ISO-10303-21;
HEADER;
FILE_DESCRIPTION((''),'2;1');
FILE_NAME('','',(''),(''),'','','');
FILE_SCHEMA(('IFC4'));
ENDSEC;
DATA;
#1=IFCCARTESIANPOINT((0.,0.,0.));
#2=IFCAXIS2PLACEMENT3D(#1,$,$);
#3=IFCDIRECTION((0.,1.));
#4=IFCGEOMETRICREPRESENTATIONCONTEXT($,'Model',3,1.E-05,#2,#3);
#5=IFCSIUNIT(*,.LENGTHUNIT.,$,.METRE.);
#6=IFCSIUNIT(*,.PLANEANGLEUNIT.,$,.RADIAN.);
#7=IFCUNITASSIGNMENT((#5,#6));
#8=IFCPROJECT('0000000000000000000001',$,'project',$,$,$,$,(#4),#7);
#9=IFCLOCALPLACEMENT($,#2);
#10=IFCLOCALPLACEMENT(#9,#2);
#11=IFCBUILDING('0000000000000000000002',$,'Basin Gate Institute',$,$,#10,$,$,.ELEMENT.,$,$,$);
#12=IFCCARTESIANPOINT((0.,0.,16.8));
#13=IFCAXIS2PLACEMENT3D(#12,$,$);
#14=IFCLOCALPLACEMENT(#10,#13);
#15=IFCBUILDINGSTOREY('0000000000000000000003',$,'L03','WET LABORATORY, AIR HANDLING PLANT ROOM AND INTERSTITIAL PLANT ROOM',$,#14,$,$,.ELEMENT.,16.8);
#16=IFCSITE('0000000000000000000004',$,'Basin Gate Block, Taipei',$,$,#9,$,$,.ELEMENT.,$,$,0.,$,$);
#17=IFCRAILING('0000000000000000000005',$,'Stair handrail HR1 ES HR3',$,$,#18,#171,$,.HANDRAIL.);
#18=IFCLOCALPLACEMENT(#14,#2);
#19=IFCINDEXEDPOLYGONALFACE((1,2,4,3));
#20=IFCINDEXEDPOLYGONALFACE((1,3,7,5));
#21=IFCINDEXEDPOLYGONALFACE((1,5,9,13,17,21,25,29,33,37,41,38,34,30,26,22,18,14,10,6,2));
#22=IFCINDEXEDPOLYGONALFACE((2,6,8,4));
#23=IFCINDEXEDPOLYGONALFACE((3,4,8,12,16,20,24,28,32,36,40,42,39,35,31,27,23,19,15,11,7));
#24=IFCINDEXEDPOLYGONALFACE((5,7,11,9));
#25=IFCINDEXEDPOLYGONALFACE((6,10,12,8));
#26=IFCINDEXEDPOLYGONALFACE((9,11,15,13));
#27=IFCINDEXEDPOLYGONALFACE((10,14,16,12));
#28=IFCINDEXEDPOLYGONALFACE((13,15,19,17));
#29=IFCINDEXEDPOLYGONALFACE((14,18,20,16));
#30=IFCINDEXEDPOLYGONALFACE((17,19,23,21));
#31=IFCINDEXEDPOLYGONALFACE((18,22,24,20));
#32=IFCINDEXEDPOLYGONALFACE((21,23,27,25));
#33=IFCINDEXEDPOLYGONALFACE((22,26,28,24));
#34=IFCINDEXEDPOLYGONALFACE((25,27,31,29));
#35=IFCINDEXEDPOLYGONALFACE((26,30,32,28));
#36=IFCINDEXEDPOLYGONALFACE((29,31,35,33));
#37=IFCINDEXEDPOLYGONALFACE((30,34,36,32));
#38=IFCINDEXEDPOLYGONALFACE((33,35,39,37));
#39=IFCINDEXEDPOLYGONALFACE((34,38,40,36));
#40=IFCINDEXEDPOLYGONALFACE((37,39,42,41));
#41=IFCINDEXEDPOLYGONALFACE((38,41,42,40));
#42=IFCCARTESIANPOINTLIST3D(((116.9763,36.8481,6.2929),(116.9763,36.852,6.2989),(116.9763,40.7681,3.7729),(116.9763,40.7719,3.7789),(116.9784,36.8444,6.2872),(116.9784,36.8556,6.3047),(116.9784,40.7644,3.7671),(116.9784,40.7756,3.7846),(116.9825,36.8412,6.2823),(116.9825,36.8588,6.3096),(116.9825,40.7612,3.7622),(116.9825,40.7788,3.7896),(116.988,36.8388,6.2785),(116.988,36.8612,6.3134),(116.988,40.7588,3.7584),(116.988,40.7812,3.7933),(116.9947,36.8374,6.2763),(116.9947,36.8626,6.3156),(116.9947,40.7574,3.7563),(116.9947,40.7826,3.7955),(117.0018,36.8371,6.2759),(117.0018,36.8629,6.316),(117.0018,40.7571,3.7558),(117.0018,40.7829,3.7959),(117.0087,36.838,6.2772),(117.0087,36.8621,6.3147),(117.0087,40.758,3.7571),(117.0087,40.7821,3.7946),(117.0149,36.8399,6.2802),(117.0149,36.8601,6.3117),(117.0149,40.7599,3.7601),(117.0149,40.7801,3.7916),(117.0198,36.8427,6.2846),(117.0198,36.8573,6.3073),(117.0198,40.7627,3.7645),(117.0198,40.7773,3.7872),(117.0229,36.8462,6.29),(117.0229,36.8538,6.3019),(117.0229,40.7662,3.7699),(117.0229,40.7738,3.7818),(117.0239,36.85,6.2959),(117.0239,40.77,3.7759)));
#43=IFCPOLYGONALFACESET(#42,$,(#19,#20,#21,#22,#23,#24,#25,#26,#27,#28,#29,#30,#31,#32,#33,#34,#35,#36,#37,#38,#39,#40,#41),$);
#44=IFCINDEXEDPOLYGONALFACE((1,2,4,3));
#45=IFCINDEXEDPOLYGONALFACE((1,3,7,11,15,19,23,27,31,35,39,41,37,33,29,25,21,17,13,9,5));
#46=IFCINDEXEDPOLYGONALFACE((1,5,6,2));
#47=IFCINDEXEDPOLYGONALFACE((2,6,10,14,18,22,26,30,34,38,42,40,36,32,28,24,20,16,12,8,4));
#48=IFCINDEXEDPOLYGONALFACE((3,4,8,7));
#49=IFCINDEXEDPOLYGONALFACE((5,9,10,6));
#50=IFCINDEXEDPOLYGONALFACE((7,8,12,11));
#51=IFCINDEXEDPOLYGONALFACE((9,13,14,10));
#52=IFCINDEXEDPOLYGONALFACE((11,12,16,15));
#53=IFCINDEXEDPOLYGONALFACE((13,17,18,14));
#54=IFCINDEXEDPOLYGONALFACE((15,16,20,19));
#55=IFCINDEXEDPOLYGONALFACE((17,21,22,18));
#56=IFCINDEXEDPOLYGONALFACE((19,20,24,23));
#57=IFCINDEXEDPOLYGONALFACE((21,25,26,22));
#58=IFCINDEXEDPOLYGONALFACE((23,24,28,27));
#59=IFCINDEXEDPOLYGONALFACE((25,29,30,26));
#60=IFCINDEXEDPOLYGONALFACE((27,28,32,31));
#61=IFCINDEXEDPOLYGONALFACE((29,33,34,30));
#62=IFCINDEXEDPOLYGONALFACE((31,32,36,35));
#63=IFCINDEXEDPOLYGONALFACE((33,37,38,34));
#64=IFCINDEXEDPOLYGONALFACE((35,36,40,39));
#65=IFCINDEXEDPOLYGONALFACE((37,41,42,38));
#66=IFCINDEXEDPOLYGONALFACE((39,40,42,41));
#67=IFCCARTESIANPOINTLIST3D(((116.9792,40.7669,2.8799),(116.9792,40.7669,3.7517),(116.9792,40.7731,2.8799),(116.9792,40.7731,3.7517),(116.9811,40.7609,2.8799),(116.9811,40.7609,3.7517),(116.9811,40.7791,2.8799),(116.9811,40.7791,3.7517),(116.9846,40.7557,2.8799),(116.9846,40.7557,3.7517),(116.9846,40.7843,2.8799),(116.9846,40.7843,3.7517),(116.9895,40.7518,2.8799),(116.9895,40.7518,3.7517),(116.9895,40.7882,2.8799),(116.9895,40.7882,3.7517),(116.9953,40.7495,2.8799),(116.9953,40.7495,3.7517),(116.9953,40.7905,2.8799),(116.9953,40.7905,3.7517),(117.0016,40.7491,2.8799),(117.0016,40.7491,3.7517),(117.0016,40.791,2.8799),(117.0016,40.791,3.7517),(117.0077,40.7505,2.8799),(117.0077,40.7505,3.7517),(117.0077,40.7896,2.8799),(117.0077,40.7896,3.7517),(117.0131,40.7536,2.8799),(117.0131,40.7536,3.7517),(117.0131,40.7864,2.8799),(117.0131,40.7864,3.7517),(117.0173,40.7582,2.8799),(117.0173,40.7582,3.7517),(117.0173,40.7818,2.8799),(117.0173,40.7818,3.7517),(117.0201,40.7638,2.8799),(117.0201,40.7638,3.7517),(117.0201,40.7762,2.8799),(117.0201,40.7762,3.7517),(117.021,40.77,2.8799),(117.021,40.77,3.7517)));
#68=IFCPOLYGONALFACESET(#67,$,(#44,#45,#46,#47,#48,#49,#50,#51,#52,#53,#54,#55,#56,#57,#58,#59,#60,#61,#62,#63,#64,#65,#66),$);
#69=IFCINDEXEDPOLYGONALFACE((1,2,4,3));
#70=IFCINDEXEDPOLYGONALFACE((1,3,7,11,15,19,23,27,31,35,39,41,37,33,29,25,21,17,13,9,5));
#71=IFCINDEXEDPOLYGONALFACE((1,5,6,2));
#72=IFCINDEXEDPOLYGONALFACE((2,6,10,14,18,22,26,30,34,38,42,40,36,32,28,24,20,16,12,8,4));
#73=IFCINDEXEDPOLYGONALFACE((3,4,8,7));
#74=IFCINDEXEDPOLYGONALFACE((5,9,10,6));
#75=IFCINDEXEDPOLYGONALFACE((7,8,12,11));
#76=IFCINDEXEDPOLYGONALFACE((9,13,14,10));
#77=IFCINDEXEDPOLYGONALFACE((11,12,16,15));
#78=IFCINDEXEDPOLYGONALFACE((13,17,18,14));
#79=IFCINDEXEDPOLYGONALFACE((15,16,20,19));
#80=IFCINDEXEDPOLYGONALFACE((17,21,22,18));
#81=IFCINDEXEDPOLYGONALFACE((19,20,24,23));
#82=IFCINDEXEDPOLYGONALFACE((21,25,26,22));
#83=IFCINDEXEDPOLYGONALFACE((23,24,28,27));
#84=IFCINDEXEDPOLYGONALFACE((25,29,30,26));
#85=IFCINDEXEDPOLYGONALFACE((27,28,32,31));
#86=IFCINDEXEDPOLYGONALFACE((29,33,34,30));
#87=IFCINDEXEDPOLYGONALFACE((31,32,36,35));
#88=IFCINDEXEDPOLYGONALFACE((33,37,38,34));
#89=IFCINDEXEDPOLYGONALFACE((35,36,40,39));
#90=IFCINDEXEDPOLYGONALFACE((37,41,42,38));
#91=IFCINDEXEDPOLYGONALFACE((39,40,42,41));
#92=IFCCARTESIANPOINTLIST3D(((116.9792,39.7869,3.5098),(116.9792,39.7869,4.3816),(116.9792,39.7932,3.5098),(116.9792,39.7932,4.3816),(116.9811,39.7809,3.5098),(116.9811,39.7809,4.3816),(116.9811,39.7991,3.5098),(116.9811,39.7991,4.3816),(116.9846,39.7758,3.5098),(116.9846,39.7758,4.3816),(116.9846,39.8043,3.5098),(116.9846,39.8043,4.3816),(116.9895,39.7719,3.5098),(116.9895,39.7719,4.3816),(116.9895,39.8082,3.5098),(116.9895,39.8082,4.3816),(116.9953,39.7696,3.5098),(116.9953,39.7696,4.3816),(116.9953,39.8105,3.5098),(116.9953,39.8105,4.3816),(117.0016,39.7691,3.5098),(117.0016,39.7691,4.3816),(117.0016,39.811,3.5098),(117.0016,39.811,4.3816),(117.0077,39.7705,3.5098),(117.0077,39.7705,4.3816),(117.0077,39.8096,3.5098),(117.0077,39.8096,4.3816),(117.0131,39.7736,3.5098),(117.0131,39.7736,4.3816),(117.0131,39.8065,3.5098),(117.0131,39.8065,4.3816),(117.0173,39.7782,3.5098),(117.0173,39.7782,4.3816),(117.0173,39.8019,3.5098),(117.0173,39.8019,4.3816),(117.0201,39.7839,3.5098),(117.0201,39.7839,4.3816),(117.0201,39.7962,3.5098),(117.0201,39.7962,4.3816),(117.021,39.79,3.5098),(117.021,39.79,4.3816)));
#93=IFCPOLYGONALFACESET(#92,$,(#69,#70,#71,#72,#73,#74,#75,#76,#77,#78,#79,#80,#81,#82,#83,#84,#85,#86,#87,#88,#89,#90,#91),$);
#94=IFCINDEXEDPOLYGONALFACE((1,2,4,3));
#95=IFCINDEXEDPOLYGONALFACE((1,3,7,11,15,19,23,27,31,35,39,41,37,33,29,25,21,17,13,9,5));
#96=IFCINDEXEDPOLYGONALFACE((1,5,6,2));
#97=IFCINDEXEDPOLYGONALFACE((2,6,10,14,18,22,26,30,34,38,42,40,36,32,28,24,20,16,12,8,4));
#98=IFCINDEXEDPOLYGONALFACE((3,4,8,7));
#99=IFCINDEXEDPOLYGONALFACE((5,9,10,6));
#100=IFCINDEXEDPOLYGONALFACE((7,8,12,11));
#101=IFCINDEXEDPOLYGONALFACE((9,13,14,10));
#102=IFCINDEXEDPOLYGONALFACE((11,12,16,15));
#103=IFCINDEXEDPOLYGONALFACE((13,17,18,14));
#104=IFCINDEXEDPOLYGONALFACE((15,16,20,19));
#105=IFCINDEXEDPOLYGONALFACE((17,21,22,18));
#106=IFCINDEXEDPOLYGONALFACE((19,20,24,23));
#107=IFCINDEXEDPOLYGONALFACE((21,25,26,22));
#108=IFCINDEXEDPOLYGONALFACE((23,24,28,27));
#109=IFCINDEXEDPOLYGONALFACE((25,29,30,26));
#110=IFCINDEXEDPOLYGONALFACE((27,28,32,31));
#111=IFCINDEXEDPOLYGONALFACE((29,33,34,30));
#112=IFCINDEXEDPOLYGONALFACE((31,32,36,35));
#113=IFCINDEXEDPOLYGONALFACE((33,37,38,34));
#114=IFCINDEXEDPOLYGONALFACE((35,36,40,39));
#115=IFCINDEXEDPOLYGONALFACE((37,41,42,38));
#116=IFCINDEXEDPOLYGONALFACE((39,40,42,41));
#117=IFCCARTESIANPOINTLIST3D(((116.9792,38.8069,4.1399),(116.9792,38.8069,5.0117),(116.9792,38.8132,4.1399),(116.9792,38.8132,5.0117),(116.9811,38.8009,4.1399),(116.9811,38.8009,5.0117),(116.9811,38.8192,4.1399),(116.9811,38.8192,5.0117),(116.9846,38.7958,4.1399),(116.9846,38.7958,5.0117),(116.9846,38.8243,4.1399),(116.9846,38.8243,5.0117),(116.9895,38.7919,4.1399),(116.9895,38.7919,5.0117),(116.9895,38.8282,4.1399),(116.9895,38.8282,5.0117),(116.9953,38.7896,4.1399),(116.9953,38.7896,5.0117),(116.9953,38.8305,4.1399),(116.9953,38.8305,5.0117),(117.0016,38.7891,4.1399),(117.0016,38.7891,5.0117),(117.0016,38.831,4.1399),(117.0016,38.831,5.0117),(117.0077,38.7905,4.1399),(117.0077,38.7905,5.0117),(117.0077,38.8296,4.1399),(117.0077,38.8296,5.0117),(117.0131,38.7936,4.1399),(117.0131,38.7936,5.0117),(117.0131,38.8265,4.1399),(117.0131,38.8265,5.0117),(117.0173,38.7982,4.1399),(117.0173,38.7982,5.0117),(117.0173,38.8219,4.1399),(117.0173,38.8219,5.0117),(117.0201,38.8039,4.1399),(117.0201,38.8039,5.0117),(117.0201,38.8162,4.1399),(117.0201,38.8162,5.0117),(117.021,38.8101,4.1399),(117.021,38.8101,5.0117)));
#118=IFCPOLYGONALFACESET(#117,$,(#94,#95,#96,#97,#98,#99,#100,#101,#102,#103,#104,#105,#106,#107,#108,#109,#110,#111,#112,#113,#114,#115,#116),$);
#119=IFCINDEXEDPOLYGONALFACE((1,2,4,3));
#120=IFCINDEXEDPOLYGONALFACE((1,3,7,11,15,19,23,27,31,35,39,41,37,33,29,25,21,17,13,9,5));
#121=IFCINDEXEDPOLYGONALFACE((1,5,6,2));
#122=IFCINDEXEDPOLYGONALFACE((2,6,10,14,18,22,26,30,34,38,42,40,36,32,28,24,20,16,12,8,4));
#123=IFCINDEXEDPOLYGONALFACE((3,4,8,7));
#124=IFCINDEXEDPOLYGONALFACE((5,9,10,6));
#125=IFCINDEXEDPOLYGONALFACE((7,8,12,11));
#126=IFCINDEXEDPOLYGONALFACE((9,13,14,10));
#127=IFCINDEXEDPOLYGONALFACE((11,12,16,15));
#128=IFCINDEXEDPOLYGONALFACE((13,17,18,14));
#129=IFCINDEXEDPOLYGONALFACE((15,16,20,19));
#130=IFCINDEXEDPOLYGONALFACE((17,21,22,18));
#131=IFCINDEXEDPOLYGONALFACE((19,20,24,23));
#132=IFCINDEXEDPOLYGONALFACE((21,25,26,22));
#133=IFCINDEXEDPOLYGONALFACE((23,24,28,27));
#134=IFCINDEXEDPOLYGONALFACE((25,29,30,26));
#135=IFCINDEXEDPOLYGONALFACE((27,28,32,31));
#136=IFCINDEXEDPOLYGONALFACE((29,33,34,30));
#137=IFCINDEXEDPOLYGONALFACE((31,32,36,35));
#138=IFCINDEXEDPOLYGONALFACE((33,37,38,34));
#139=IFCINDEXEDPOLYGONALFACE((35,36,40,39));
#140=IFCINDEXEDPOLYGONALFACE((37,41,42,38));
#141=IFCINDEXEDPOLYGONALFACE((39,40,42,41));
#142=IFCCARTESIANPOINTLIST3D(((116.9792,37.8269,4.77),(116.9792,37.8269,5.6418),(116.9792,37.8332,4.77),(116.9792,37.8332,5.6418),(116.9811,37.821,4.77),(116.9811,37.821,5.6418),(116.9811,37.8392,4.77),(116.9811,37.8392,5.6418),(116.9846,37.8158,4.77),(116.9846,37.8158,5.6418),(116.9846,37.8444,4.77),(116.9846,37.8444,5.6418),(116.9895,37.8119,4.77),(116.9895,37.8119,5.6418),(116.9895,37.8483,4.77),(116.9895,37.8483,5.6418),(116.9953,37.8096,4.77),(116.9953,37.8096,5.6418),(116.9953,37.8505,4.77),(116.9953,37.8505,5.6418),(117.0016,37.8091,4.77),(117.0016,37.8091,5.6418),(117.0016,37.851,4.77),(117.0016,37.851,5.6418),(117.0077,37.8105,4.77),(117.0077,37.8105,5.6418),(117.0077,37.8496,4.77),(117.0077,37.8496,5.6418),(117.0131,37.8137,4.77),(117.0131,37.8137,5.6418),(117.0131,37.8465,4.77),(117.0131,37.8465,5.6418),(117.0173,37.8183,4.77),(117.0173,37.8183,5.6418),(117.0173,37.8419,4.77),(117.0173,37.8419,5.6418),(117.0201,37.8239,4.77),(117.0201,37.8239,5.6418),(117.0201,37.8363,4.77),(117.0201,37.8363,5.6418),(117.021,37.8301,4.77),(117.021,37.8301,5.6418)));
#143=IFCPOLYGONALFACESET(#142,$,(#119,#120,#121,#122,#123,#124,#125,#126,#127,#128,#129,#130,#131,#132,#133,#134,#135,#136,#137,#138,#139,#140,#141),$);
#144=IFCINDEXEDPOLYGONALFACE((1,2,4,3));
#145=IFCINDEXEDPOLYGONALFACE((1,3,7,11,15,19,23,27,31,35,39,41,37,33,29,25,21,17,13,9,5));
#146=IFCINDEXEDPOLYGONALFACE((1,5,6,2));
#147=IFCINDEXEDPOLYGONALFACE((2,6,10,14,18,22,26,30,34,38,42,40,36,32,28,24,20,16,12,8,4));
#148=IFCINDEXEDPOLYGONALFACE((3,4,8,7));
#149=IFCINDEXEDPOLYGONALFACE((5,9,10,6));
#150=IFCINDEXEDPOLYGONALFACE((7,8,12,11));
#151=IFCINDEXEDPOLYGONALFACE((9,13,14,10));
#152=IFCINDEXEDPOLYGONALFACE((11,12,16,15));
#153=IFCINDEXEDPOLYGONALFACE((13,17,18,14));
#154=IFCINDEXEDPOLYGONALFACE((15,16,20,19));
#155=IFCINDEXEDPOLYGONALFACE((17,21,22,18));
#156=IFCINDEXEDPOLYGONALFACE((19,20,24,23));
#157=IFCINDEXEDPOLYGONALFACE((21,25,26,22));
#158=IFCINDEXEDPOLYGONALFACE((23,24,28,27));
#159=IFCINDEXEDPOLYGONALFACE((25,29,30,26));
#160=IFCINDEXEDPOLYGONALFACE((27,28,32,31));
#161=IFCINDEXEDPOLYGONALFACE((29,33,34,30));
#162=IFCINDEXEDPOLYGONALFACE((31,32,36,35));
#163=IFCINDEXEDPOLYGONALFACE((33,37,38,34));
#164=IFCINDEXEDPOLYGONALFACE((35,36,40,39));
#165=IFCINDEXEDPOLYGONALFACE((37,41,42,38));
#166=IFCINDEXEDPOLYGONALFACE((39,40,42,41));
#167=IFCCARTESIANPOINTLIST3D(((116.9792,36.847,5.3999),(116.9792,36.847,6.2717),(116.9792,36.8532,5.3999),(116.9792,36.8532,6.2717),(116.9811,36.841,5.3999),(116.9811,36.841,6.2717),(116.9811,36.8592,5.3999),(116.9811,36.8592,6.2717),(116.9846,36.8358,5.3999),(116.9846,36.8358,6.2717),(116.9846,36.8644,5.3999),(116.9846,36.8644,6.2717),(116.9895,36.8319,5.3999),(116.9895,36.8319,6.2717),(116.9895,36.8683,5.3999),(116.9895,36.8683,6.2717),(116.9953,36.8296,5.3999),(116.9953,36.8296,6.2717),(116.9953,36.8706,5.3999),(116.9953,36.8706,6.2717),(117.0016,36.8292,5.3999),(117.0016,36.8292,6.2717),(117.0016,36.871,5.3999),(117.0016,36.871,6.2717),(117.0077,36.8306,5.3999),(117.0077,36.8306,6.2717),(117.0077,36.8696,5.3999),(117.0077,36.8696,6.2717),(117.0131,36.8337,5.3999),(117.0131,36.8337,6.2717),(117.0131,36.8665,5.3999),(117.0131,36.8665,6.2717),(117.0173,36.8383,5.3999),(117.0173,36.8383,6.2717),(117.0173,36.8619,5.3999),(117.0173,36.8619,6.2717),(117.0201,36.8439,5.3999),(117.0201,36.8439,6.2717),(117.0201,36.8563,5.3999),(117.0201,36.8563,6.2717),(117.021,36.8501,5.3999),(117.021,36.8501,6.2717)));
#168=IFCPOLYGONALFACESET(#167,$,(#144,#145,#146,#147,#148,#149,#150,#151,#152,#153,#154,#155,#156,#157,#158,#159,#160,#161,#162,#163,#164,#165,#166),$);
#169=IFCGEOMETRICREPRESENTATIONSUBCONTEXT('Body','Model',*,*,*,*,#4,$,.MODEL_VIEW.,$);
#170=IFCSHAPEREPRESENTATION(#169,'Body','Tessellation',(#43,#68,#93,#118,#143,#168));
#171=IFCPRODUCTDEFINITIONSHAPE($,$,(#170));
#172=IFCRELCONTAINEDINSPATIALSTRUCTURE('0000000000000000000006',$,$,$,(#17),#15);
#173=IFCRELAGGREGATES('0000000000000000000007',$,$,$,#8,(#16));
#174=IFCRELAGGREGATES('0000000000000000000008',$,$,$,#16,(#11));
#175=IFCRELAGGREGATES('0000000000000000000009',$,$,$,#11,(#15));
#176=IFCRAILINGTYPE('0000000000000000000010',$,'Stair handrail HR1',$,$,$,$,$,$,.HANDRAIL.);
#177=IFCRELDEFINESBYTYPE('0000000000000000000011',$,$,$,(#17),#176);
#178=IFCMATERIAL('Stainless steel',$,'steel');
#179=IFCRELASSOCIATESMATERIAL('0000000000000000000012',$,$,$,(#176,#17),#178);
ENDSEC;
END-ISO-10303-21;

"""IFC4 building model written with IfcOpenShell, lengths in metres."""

from ifc_helpers import new_model, si_unit, direction, frame, origin, origin_2d, place, context, subcontext, project, spatial, circle, extrude, material, type_object, element, save


model = new_model("IFC4")

# Units and contexts
model_context = context("Model", 3, precision=1e-05, world=origin(), true_north=direction((0.0, 1.0)))
body_context = subcontext(model_context, "Body", "Model", "MODEL_VIEW")
ifc_project = project(units=[si_unit("LENGTHUNIT", "METRE"), si_unit("PLANEANGLEUNIT", "RADIAN")], contexts=[model_context])

# Site, building, storey
site_placement = place(None, origin())
site = spatial("IfcSite", under=ifc_project, at=site_placement, Name="Basin Gate Block, Taipei", CompositionType="ELEMENT", RefElevation=0.0)
building_placement = place(site_placement, origin())
building = spatial("IfcBuilding", under=site, at=building_placement, Name="Basin Gate Institute", CompositionType="ELEMENT")
storey_placement = place(building_placement, frame((0.0, 0.0, 16.8)))
storey = spatial("IfcBuildingStorey", under=building, at=storey_placement, Name="L03", Description="WET LABORATORY, AIR HANDLING PLANT ROOM AND INTERSTITIAL PLANT ROOM", CompositionType="ELEMENT", Elevation=16.8)

# Railing
ifc_material_1 = material(Name="Stainless steel", Category="steel")
railing_type_1 = type_object("IfcRailingType", Name="Stair handrail HR1", PredefinedType="HANDRAIL", material=ifc_material_1)
railing_1_placement = place(storey_placement, frame((117.0, 40.77, 2.8799)))
element("IfcRailing", 1, at=railing_1_placement, inside=storey, type_object=railing_type_1, material=ifc_material_1, Name="Stair handrail HR1 ES HR3", PredefinedType="HANDRAIL", context=body_context, shape_type="SweptSolid", body=[
    extrude(circle(Radius=0.0239, at=origin_2d()), frame((0.0, 0.0, 0.896), z_axis=(0.0, -0.841172, 0.540768), x_axis=(1.0, 0.0, 0.0)), (0.0, 0.0, 1.0), 4.6602),
    extrude(circle(Radius=0.021, at=origin_2d()), origin(), (0.0, 0.0, 1.0), 0.8718),
    extrude(circle(Radius=0.021, at=origin_2d()), frame((0.0, -0.98, 0.6299)), (0.0, 0.0, 1.0), 0.8718),
    extrude(circle(Radius=0.021, at=origin_2d()), frame((0.0, -1.96, 1.26)), (0.0, 0.0, 1.0), 0.8718),
    extrude(circle(Radius=0.021, at=origin_2d()), frame((0.0, -2.9399, 1.8901)), (0.0, 0.0, 1.0), 0.8718),
    extrude(circle(Radius=0.021, at=origin_2d()), frame((0.0, -3.9199, 2.52)), (0.0, 0.0, 1.0), 0.8718),
])

save(model, "model.ifc")
